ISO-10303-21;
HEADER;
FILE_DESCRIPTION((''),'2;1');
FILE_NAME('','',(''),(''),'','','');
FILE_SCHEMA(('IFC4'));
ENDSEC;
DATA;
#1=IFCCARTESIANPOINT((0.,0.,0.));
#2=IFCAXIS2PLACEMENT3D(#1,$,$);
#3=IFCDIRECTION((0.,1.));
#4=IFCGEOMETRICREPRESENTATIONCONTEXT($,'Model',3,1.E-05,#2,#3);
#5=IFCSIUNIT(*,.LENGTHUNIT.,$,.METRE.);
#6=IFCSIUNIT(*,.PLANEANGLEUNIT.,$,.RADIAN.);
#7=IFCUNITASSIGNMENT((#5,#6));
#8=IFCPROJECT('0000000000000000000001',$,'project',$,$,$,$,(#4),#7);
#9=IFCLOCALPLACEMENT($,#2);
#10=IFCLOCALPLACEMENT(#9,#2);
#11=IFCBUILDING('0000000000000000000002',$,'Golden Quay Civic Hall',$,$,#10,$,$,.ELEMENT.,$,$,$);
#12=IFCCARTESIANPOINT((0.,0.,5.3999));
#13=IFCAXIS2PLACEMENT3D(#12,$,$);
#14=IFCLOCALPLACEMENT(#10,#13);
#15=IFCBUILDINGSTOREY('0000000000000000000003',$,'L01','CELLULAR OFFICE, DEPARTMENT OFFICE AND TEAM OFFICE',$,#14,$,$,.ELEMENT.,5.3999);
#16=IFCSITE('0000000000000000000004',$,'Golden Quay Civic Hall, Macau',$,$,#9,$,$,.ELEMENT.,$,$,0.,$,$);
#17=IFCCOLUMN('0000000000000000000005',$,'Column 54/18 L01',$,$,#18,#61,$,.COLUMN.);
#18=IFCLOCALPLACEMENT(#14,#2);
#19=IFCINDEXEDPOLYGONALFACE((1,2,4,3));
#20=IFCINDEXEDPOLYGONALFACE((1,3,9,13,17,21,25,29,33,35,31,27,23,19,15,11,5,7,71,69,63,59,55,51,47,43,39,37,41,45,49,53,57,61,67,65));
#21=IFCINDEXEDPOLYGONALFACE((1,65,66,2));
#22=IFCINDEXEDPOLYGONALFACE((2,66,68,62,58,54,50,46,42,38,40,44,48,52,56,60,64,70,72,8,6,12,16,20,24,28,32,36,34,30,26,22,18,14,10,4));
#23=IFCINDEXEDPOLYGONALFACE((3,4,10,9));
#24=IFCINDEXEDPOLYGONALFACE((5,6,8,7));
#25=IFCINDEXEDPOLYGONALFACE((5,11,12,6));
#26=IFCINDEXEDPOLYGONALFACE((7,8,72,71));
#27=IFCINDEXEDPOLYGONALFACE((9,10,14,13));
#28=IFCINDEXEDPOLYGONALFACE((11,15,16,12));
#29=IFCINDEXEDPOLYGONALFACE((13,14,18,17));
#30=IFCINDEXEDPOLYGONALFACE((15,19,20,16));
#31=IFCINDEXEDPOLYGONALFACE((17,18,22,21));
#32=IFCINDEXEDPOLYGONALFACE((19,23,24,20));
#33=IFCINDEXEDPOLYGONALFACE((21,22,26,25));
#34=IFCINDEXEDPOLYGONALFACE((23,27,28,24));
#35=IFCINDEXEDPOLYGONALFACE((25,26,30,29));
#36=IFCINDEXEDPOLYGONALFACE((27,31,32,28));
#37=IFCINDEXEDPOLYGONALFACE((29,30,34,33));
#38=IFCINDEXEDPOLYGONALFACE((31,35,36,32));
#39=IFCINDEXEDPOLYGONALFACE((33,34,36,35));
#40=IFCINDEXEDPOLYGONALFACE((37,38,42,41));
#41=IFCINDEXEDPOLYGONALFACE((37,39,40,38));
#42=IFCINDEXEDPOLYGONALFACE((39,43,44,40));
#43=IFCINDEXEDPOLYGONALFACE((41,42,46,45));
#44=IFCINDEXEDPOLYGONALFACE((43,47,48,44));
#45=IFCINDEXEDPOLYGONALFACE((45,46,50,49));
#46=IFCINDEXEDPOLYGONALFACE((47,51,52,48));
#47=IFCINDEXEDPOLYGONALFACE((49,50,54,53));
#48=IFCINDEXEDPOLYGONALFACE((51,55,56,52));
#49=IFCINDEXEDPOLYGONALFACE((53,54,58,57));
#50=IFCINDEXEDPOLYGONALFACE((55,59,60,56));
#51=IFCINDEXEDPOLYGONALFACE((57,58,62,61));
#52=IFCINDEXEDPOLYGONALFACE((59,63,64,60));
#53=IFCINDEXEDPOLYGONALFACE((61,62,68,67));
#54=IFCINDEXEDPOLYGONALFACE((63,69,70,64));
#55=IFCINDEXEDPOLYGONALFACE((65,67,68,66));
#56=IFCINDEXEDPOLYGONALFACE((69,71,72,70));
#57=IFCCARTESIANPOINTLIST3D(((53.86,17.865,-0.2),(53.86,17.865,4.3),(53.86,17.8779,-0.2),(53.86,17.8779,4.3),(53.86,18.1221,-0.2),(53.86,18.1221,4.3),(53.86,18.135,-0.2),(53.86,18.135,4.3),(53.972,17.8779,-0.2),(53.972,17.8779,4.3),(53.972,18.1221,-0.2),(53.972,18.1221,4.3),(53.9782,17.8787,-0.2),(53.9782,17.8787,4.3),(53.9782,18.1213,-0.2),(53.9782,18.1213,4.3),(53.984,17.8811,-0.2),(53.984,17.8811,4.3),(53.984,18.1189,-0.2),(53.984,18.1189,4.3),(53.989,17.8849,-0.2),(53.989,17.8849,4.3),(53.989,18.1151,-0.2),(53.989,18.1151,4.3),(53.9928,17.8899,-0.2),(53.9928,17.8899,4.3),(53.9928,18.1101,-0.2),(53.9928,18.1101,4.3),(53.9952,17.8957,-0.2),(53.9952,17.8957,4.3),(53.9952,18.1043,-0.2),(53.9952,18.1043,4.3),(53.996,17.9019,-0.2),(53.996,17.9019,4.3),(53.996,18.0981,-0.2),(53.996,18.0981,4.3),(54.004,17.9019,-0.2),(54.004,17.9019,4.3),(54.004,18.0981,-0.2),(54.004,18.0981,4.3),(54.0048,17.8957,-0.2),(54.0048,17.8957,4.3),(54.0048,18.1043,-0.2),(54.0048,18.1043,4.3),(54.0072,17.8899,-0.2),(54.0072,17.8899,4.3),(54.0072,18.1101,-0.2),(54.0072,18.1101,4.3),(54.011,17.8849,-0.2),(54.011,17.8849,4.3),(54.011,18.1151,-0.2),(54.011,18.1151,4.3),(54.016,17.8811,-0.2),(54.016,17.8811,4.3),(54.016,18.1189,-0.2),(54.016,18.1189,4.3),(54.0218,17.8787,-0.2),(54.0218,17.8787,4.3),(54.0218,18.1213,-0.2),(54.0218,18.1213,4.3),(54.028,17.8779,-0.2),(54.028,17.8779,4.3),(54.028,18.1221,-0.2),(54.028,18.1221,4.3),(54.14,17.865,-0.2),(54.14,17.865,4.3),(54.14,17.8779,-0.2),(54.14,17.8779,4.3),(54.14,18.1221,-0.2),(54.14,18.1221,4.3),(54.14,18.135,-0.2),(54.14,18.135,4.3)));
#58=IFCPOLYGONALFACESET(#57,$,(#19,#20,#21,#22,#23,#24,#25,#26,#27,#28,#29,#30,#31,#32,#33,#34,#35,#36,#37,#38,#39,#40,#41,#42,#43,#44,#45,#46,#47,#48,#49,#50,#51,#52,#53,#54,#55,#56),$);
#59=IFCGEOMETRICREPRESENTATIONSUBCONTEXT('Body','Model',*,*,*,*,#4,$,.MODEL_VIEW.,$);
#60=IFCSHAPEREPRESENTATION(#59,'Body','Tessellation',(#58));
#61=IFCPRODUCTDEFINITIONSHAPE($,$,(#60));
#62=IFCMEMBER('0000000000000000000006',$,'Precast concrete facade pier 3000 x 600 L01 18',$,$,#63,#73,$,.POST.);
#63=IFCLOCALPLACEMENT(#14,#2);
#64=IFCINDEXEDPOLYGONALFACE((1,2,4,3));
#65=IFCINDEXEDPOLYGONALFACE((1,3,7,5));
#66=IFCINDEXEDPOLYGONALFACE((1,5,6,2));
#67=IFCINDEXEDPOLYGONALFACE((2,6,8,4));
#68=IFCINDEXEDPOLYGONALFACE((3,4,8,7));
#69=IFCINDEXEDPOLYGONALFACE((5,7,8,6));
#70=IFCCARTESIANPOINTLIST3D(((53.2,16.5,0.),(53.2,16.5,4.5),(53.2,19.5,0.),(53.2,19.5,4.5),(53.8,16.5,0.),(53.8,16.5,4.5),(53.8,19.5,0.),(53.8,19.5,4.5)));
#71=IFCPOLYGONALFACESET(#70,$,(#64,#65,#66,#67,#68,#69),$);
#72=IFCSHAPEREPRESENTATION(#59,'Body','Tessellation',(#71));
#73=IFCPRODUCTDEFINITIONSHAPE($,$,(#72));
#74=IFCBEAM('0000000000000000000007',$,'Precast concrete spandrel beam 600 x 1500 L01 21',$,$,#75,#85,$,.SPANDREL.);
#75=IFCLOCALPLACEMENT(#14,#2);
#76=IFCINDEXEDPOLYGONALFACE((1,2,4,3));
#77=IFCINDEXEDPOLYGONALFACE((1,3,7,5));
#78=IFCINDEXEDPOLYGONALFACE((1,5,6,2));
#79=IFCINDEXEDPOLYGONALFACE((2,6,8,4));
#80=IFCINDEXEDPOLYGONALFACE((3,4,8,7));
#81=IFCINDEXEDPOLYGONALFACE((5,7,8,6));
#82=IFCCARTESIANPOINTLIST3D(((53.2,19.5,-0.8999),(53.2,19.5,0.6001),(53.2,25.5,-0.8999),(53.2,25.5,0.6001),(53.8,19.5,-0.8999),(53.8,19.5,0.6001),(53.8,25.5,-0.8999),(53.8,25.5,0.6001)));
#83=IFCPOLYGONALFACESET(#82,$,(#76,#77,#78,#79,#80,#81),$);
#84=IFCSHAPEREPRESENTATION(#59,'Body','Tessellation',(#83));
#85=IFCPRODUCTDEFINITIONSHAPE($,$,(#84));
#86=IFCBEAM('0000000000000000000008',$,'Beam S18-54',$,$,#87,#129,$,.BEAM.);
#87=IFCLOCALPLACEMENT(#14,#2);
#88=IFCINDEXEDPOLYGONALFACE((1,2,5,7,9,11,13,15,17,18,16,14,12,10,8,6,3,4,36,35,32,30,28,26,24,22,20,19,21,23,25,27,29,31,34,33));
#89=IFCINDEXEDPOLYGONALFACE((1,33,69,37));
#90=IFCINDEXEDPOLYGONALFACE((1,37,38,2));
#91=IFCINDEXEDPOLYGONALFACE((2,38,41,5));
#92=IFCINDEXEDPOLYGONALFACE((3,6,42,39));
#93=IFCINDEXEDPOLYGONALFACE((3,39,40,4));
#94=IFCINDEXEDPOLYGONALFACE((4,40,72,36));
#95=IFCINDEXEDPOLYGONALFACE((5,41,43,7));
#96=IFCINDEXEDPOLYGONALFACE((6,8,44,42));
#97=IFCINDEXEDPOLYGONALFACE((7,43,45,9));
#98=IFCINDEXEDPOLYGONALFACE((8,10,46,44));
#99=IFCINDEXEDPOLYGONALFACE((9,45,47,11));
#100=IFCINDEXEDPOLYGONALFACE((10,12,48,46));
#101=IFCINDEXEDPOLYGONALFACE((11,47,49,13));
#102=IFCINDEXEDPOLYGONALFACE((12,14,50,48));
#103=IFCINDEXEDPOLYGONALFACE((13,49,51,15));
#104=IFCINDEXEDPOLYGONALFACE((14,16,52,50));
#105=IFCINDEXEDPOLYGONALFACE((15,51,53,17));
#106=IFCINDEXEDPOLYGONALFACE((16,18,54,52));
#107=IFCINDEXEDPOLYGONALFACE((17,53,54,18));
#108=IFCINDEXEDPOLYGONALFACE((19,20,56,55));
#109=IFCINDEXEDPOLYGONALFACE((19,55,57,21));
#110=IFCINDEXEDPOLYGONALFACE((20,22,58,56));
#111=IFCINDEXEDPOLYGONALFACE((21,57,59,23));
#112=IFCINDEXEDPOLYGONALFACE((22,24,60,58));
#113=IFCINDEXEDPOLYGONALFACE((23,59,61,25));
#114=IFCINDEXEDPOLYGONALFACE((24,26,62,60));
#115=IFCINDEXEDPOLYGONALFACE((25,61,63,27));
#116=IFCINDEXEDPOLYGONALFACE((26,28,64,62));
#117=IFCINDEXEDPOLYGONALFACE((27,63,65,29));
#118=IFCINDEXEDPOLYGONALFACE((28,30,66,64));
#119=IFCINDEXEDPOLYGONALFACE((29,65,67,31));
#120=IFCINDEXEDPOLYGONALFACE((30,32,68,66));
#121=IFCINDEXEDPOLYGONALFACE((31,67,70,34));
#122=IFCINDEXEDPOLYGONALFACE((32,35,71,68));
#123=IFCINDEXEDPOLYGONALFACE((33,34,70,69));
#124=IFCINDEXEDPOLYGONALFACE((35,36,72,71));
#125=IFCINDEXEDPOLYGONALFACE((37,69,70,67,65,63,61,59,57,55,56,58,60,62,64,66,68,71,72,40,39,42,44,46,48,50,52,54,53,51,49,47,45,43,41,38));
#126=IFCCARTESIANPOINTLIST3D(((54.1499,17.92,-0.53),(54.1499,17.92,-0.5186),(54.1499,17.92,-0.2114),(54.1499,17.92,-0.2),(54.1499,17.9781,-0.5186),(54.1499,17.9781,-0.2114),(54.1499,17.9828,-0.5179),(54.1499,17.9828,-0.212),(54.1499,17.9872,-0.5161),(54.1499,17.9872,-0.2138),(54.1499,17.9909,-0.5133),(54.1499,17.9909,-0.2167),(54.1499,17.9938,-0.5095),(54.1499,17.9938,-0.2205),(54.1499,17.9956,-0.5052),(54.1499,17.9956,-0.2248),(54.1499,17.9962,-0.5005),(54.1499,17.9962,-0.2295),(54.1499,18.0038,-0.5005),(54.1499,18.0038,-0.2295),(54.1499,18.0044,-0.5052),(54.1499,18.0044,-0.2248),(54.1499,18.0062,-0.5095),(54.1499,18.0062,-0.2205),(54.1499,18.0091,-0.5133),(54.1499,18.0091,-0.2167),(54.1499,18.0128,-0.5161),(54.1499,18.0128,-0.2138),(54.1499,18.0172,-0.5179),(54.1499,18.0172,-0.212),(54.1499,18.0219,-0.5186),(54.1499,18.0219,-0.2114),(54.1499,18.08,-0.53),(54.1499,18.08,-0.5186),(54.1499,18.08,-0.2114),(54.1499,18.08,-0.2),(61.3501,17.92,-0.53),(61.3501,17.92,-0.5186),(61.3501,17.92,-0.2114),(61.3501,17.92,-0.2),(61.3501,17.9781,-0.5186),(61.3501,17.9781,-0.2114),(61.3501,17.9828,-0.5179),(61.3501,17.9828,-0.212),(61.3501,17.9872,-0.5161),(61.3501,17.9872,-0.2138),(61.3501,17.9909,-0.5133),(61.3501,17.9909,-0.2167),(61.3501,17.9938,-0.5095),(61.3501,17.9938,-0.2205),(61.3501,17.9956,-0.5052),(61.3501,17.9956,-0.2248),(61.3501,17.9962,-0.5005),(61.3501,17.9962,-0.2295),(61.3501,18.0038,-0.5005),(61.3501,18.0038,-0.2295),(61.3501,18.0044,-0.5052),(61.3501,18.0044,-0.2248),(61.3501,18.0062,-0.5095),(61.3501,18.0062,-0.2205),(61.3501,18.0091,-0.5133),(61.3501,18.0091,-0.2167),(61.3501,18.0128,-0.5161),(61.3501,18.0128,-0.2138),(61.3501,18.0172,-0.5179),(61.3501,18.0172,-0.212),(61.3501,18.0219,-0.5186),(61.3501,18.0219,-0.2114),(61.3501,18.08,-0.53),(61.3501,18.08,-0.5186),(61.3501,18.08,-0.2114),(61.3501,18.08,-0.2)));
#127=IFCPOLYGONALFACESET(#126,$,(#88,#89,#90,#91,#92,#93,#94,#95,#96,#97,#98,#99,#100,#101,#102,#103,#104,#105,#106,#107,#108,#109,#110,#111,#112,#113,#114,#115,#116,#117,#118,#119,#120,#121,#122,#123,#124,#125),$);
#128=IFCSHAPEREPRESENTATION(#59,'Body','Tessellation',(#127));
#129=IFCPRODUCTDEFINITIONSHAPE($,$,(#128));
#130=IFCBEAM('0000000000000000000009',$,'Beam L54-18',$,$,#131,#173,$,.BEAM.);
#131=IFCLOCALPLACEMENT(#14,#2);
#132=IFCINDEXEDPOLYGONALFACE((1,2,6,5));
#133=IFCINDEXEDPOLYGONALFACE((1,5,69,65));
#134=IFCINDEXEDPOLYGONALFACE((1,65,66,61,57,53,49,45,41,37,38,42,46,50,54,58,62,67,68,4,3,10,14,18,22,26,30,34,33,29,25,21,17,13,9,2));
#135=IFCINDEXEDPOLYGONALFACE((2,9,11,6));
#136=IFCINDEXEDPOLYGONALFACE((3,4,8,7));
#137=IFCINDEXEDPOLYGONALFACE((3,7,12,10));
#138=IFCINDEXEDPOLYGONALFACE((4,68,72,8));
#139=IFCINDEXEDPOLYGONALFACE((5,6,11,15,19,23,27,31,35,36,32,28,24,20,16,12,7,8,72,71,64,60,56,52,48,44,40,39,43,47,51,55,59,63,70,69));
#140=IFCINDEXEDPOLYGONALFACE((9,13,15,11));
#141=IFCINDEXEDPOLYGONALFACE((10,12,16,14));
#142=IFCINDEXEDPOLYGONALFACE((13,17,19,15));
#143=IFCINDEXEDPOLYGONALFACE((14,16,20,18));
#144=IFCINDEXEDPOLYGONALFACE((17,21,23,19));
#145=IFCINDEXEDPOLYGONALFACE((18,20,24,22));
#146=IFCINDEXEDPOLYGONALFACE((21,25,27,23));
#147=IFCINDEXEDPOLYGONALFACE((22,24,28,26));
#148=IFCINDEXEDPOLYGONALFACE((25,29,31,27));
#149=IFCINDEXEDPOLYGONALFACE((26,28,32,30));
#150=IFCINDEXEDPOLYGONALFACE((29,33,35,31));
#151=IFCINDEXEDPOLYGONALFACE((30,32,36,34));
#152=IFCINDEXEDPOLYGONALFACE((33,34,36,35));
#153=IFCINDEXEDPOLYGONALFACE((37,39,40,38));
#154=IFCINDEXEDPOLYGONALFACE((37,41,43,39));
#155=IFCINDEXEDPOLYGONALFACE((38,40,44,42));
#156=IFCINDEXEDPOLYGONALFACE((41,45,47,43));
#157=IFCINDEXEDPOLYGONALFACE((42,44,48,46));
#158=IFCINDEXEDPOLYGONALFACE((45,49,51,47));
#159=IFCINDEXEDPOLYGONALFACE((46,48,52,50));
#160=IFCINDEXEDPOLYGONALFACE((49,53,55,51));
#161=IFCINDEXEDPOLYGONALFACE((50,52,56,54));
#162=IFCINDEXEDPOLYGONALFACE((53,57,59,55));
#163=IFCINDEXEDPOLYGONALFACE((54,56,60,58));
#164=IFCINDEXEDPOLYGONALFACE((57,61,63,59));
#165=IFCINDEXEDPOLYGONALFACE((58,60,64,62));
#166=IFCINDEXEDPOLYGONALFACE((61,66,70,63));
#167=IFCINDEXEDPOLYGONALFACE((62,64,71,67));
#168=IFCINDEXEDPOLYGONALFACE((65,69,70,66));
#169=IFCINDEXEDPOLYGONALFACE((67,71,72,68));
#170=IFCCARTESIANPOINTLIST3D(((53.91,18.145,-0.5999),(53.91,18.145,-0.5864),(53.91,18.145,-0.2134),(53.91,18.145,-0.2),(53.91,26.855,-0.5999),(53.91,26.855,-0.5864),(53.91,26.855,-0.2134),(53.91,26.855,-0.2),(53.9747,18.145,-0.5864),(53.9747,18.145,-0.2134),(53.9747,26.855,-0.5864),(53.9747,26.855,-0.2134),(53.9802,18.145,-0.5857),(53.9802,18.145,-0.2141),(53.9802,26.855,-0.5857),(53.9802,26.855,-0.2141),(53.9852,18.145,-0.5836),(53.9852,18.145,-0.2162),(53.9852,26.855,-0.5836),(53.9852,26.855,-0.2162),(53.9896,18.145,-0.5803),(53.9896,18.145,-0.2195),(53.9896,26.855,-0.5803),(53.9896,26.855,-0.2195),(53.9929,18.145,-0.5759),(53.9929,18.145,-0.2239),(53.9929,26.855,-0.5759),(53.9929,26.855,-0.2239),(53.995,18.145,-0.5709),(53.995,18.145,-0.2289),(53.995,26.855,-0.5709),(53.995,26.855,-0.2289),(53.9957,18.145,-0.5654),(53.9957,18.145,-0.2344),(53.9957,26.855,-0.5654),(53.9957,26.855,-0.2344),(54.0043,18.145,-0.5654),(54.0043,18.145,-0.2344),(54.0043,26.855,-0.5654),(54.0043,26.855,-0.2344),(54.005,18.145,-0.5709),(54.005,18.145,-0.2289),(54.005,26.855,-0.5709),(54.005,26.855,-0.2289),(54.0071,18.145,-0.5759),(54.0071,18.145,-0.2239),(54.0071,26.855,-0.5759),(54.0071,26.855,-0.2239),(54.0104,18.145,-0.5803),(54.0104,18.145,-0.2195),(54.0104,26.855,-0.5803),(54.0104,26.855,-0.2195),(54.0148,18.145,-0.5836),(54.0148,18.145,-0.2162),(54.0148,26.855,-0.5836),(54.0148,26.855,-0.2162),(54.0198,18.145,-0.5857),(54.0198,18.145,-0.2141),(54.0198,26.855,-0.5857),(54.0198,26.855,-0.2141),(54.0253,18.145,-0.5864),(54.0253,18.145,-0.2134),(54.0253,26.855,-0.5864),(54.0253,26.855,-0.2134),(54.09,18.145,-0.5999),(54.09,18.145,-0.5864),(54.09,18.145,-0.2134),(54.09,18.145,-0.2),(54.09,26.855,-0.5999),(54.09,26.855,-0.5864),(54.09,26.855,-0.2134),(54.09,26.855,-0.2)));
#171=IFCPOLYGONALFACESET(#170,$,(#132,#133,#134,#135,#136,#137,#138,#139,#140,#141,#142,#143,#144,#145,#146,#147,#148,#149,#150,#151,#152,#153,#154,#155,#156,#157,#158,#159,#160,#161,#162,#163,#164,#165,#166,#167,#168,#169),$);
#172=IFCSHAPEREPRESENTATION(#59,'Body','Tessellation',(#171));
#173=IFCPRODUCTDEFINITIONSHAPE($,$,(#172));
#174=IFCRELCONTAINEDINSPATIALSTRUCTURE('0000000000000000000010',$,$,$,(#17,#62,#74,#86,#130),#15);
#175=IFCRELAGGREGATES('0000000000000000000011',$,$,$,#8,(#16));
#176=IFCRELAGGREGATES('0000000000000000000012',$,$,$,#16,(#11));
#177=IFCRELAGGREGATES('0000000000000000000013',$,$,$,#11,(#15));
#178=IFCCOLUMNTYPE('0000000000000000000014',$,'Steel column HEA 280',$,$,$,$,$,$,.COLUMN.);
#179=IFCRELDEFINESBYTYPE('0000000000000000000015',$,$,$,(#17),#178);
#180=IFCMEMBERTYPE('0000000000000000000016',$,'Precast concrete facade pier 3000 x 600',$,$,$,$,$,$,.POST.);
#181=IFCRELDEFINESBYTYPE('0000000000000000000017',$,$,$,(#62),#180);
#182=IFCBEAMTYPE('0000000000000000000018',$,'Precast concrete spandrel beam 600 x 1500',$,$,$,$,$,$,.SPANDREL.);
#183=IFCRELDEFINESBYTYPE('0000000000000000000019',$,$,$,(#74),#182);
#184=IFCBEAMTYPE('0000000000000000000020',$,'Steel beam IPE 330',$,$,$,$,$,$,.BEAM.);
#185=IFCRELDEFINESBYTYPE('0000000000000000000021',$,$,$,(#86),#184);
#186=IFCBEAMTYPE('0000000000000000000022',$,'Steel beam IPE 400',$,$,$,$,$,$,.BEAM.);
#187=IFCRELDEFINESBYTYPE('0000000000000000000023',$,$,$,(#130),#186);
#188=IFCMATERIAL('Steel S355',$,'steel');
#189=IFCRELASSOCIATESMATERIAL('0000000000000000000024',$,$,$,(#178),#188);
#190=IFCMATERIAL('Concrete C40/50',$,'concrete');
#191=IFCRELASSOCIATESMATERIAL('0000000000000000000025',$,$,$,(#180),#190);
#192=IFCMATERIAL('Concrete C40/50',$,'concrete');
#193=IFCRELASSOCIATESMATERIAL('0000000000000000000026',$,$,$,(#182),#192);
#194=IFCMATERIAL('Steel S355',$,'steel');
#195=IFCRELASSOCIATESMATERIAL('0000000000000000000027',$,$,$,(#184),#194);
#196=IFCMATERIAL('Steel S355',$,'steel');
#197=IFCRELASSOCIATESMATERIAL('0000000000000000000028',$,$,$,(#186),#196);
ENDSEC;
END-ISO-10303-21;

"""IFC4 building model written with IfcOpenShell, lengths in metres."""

from ifc_helpers import new_model, si_unit, direction, frame, origin, origin_2d, place, context, subcontext, project, spatial, rectangle, i_section, extrude, material, material_profile, profile_set, type_object, element, save


model = new_model("IFC4")

# Units and contexts
model_context = context("Model", 3, precision=1e-05, world=origin(), true_north=direction((0.0, 1.0)))
body_context = subcontext(model_context, "Body", "Model", "MODEL_VIEW")
ifc_project = project(units=[si_unit("LENGTHUNIT", "METRE"), si_unit("PLANEANGLEUNIT", "RADIAN")], contexts=[model_context])

# Site, building, storey
site_placement = place(None, origin())
site = spatial("IfcSite", under=ifc_project, at=site_placement, Name="Golden Quay Civic Hall, Macau", CompositionType="ELEMENT", RefElevation=0.0)
building_placement = place(site_placement, origin())
building = spatial("IfcBuilding", under=site, at=building_placement, Name="Golden Quay Civic Hall", CompositionType="ELEMENT")
storey_placement = place(building_placement, frame((0.0, 0.0, 5.3999)))
storey = spatial("IfcBuildingStorey", under=building, at=storey_placement, Name="L01", Description="CELLULAR OFFICE, DEPARTMENT OFFICE AND TEAM OFFICE", CompositionType="ELEMENT", Elevation=5.3999)

# Column
ifc_material_1 = material(Name="Steel S355", Category="steel")
ifc_material_profile_1 = material_profile(ifc_material_1, i_section(OverallWidth=0.28, OverallDepth=0.27, WebThickness=0.0081, FlangeThickness=0.0129, FilletRadius=0.0239, at=origin_2d()), Name="HEA 280")
ifc_profile_set_1 = profile_set([ifc_material_profile_1], Name="Steel S355")
column_type = type_object("IfcColumnType", Name="Steel column HEA 280", PredefinedType="COLUMN", material=ifc_profile_set_1)
column_placement = place(storey_placement, frame((54.0, 18.0, -0.2), z_axis=(0.0, 0.0, 1.0), x_axis=(1.0, 0.0, 0.0)))
element("IfcColumn", 1, at=column_placement, inside=storey, type_object=column_type, Name="Column 54/18 L01", PredefinedType="COLUMN", context=body_context, shape_type="SweptSolid", body=[
    extrude(i_section(OverallWidth=0.28, OverallDepth=0.27, WebThickness=0.0081, FlangeThickness=0.0129, FilletRadius=0.0239, at=origin_2d()), origin(), (0.0, 0.0, 1.0), 4.5),
])

# Member
ifc_material_2 = material(Name="Concrete C40/50", Category="concrete")
ifc_material_profile_2 = material_profile(ifc_material_2, rectangle(XDim=3.0, YDim=0.6001, at=origin_2d()), Name="RC 3000x600")
ifc_profile_set_2 = profile_set([ifc_material_profile_2], Name="Concrete C40/50")
member_type = type_object("IfcMemberType", Name="Precast concrete facade pier 3000 x 600", PredefinedType="POST", material=ifc_profile_set_2)
member_placement = place(storey_placement, frame((53.5, 18.0, 0.0), z_axis=(0.0, 0.0, 1.0), x_axis=(0.0, 1.0, 0.0)))
element("IfcMember", 2, at=member_placement, inside=storey, type_object=member_type, Name="Precast concrete facade pier 3000 x 600 L01 18", PredefinedType="POST", context=body_context, shape_type="SweptSolid", body=[
    extrude(rectangle(XDim=3.0, YDim=0.6001, at=origin_2d()), origin(), (0.0, 0.0, 1.0), 4.5),
])

# Beams
ifc_material_3 = material(Name="Concrete C40/50", Category="concrete")
ifc_material_profile_3 = material_profile(ifc_material_3, rectangle(XDim=0.6001, YDim=1.5, at=origin_2d()), Name="RC 600x1500")
ifc_profile_set_3 = profile_set([ifc_material_profile_3], Name="Concrete C40/50")
beam_type_1 = type_object("IfcBeamType", Name="Precast concrete spandrel beam 600 x 1500", PredefinedType="SPANDREL", material=ifc_profile_set_3)
beam_1_placement = place(storey_placement, frame((53.5, 19.5, -0.1499), z_axis=(0.0, 1.0, 0.0), x_axis=(-1.0, 0.0, 0.0)))
element("IfcBeam", 3, at=beam_1_placement, inside=storey, type_object=beam_type_1, Name="Precast concrete spandrel beam 600 x 1500 L01 21", PredefinedType="SPANDREL", context=body_context, shape_type="SweptSolid", body=[
    extrude(rectangle(XDim=0.6001, YDim=1.5, at=origin_2d()), origin(), (0.0, 0.0, 1.0), 6.0),
])
ifc_material_4 = material(Name="Steel S355", Category="steel")
ifc_material_profile_4 = material_profile(ifc_material_4, i_section(OverallWidth=0.1599, OverallDepth=0.3301, WebThickness=0.0076, FlangeThickness=0.0115, FilletRadius=0.0181, at=origin_2d()), Name="IPE 330")
ifc_profile_set_4 = profile_set([ifc_material_profile_4], Name="Steel S355")
beam_type_2 = type_object("IfcBeamType", Name="Steel beam IPE 330", PredefinedType="BEAM", material=ifc_profile_set_4)
beam_2_placement = place(storey_placement, frame((54.1499, 18.0, -0.365), z_axis=(1.0, 0.0, 0.0), x_axis=(0.0, 1.0, 0.0)))
element("IfcBeam", 4, at=beam_2_placement, inside=storey, type_object=beam_type_2, Name="Beam S18-54", PredefinedType="BEAM", context=body_context, shape_type="SweptSolid", body=[
    extrude(i_section(OverallWidth=0.1599, OverallDepth=0.3301, WebThickness=0.0076, FlangeThickness=0.0115, FilletRadius=0.0181, at=origin_2d()), origin(), (0.0, 0.0, 1.0), 7.2002),
])
ifc_material_5 = material(Name="Steel S355", Category="steel")
ifc_material_profile_5 = material_profile(ifc_material_5, i_section(OverallWidth=0.1799, OverallDepth=0.3999, WebThickness=0.0085, FlangeThickness=0.0134, FilletRadius=0.021, at=origin_2d()), Name="IPE 400")
ifc_profile_set_5 = profile_set([ifc_material_profile_5], Name="Steel S355")
beam_type_3 = type_object("IfcBeamType", Name="Steel beam IPE 400", PredefinedType="BEAM", material=ifc_profile_set_5)
beam_3_placement = place(storey_placement, frame((54.0, 18.145, -0.3999), z_axis=(0.0, 1.0, 0.0), x_axis=(-1.0, 0.0, 0.0)))
element("IfcBeam", 5, at=beam_3_placement, inside=storey, type_object=beam_type_3, Name="Beam L54-18", PredefinedType="BEAM", context=body_context, shape_type="SweptSolid", body=[
    extrude(i_section(OverallWidth=0.1799, OverallDepth=0.3999, WebThickness=0.0085, FlangeThickness=0.0134, FilletRadius=0.021, at=origin_2d()), origin(), (0.0, 0.0, 1.0), 8.71),
])

save(model, "model.ifc")
